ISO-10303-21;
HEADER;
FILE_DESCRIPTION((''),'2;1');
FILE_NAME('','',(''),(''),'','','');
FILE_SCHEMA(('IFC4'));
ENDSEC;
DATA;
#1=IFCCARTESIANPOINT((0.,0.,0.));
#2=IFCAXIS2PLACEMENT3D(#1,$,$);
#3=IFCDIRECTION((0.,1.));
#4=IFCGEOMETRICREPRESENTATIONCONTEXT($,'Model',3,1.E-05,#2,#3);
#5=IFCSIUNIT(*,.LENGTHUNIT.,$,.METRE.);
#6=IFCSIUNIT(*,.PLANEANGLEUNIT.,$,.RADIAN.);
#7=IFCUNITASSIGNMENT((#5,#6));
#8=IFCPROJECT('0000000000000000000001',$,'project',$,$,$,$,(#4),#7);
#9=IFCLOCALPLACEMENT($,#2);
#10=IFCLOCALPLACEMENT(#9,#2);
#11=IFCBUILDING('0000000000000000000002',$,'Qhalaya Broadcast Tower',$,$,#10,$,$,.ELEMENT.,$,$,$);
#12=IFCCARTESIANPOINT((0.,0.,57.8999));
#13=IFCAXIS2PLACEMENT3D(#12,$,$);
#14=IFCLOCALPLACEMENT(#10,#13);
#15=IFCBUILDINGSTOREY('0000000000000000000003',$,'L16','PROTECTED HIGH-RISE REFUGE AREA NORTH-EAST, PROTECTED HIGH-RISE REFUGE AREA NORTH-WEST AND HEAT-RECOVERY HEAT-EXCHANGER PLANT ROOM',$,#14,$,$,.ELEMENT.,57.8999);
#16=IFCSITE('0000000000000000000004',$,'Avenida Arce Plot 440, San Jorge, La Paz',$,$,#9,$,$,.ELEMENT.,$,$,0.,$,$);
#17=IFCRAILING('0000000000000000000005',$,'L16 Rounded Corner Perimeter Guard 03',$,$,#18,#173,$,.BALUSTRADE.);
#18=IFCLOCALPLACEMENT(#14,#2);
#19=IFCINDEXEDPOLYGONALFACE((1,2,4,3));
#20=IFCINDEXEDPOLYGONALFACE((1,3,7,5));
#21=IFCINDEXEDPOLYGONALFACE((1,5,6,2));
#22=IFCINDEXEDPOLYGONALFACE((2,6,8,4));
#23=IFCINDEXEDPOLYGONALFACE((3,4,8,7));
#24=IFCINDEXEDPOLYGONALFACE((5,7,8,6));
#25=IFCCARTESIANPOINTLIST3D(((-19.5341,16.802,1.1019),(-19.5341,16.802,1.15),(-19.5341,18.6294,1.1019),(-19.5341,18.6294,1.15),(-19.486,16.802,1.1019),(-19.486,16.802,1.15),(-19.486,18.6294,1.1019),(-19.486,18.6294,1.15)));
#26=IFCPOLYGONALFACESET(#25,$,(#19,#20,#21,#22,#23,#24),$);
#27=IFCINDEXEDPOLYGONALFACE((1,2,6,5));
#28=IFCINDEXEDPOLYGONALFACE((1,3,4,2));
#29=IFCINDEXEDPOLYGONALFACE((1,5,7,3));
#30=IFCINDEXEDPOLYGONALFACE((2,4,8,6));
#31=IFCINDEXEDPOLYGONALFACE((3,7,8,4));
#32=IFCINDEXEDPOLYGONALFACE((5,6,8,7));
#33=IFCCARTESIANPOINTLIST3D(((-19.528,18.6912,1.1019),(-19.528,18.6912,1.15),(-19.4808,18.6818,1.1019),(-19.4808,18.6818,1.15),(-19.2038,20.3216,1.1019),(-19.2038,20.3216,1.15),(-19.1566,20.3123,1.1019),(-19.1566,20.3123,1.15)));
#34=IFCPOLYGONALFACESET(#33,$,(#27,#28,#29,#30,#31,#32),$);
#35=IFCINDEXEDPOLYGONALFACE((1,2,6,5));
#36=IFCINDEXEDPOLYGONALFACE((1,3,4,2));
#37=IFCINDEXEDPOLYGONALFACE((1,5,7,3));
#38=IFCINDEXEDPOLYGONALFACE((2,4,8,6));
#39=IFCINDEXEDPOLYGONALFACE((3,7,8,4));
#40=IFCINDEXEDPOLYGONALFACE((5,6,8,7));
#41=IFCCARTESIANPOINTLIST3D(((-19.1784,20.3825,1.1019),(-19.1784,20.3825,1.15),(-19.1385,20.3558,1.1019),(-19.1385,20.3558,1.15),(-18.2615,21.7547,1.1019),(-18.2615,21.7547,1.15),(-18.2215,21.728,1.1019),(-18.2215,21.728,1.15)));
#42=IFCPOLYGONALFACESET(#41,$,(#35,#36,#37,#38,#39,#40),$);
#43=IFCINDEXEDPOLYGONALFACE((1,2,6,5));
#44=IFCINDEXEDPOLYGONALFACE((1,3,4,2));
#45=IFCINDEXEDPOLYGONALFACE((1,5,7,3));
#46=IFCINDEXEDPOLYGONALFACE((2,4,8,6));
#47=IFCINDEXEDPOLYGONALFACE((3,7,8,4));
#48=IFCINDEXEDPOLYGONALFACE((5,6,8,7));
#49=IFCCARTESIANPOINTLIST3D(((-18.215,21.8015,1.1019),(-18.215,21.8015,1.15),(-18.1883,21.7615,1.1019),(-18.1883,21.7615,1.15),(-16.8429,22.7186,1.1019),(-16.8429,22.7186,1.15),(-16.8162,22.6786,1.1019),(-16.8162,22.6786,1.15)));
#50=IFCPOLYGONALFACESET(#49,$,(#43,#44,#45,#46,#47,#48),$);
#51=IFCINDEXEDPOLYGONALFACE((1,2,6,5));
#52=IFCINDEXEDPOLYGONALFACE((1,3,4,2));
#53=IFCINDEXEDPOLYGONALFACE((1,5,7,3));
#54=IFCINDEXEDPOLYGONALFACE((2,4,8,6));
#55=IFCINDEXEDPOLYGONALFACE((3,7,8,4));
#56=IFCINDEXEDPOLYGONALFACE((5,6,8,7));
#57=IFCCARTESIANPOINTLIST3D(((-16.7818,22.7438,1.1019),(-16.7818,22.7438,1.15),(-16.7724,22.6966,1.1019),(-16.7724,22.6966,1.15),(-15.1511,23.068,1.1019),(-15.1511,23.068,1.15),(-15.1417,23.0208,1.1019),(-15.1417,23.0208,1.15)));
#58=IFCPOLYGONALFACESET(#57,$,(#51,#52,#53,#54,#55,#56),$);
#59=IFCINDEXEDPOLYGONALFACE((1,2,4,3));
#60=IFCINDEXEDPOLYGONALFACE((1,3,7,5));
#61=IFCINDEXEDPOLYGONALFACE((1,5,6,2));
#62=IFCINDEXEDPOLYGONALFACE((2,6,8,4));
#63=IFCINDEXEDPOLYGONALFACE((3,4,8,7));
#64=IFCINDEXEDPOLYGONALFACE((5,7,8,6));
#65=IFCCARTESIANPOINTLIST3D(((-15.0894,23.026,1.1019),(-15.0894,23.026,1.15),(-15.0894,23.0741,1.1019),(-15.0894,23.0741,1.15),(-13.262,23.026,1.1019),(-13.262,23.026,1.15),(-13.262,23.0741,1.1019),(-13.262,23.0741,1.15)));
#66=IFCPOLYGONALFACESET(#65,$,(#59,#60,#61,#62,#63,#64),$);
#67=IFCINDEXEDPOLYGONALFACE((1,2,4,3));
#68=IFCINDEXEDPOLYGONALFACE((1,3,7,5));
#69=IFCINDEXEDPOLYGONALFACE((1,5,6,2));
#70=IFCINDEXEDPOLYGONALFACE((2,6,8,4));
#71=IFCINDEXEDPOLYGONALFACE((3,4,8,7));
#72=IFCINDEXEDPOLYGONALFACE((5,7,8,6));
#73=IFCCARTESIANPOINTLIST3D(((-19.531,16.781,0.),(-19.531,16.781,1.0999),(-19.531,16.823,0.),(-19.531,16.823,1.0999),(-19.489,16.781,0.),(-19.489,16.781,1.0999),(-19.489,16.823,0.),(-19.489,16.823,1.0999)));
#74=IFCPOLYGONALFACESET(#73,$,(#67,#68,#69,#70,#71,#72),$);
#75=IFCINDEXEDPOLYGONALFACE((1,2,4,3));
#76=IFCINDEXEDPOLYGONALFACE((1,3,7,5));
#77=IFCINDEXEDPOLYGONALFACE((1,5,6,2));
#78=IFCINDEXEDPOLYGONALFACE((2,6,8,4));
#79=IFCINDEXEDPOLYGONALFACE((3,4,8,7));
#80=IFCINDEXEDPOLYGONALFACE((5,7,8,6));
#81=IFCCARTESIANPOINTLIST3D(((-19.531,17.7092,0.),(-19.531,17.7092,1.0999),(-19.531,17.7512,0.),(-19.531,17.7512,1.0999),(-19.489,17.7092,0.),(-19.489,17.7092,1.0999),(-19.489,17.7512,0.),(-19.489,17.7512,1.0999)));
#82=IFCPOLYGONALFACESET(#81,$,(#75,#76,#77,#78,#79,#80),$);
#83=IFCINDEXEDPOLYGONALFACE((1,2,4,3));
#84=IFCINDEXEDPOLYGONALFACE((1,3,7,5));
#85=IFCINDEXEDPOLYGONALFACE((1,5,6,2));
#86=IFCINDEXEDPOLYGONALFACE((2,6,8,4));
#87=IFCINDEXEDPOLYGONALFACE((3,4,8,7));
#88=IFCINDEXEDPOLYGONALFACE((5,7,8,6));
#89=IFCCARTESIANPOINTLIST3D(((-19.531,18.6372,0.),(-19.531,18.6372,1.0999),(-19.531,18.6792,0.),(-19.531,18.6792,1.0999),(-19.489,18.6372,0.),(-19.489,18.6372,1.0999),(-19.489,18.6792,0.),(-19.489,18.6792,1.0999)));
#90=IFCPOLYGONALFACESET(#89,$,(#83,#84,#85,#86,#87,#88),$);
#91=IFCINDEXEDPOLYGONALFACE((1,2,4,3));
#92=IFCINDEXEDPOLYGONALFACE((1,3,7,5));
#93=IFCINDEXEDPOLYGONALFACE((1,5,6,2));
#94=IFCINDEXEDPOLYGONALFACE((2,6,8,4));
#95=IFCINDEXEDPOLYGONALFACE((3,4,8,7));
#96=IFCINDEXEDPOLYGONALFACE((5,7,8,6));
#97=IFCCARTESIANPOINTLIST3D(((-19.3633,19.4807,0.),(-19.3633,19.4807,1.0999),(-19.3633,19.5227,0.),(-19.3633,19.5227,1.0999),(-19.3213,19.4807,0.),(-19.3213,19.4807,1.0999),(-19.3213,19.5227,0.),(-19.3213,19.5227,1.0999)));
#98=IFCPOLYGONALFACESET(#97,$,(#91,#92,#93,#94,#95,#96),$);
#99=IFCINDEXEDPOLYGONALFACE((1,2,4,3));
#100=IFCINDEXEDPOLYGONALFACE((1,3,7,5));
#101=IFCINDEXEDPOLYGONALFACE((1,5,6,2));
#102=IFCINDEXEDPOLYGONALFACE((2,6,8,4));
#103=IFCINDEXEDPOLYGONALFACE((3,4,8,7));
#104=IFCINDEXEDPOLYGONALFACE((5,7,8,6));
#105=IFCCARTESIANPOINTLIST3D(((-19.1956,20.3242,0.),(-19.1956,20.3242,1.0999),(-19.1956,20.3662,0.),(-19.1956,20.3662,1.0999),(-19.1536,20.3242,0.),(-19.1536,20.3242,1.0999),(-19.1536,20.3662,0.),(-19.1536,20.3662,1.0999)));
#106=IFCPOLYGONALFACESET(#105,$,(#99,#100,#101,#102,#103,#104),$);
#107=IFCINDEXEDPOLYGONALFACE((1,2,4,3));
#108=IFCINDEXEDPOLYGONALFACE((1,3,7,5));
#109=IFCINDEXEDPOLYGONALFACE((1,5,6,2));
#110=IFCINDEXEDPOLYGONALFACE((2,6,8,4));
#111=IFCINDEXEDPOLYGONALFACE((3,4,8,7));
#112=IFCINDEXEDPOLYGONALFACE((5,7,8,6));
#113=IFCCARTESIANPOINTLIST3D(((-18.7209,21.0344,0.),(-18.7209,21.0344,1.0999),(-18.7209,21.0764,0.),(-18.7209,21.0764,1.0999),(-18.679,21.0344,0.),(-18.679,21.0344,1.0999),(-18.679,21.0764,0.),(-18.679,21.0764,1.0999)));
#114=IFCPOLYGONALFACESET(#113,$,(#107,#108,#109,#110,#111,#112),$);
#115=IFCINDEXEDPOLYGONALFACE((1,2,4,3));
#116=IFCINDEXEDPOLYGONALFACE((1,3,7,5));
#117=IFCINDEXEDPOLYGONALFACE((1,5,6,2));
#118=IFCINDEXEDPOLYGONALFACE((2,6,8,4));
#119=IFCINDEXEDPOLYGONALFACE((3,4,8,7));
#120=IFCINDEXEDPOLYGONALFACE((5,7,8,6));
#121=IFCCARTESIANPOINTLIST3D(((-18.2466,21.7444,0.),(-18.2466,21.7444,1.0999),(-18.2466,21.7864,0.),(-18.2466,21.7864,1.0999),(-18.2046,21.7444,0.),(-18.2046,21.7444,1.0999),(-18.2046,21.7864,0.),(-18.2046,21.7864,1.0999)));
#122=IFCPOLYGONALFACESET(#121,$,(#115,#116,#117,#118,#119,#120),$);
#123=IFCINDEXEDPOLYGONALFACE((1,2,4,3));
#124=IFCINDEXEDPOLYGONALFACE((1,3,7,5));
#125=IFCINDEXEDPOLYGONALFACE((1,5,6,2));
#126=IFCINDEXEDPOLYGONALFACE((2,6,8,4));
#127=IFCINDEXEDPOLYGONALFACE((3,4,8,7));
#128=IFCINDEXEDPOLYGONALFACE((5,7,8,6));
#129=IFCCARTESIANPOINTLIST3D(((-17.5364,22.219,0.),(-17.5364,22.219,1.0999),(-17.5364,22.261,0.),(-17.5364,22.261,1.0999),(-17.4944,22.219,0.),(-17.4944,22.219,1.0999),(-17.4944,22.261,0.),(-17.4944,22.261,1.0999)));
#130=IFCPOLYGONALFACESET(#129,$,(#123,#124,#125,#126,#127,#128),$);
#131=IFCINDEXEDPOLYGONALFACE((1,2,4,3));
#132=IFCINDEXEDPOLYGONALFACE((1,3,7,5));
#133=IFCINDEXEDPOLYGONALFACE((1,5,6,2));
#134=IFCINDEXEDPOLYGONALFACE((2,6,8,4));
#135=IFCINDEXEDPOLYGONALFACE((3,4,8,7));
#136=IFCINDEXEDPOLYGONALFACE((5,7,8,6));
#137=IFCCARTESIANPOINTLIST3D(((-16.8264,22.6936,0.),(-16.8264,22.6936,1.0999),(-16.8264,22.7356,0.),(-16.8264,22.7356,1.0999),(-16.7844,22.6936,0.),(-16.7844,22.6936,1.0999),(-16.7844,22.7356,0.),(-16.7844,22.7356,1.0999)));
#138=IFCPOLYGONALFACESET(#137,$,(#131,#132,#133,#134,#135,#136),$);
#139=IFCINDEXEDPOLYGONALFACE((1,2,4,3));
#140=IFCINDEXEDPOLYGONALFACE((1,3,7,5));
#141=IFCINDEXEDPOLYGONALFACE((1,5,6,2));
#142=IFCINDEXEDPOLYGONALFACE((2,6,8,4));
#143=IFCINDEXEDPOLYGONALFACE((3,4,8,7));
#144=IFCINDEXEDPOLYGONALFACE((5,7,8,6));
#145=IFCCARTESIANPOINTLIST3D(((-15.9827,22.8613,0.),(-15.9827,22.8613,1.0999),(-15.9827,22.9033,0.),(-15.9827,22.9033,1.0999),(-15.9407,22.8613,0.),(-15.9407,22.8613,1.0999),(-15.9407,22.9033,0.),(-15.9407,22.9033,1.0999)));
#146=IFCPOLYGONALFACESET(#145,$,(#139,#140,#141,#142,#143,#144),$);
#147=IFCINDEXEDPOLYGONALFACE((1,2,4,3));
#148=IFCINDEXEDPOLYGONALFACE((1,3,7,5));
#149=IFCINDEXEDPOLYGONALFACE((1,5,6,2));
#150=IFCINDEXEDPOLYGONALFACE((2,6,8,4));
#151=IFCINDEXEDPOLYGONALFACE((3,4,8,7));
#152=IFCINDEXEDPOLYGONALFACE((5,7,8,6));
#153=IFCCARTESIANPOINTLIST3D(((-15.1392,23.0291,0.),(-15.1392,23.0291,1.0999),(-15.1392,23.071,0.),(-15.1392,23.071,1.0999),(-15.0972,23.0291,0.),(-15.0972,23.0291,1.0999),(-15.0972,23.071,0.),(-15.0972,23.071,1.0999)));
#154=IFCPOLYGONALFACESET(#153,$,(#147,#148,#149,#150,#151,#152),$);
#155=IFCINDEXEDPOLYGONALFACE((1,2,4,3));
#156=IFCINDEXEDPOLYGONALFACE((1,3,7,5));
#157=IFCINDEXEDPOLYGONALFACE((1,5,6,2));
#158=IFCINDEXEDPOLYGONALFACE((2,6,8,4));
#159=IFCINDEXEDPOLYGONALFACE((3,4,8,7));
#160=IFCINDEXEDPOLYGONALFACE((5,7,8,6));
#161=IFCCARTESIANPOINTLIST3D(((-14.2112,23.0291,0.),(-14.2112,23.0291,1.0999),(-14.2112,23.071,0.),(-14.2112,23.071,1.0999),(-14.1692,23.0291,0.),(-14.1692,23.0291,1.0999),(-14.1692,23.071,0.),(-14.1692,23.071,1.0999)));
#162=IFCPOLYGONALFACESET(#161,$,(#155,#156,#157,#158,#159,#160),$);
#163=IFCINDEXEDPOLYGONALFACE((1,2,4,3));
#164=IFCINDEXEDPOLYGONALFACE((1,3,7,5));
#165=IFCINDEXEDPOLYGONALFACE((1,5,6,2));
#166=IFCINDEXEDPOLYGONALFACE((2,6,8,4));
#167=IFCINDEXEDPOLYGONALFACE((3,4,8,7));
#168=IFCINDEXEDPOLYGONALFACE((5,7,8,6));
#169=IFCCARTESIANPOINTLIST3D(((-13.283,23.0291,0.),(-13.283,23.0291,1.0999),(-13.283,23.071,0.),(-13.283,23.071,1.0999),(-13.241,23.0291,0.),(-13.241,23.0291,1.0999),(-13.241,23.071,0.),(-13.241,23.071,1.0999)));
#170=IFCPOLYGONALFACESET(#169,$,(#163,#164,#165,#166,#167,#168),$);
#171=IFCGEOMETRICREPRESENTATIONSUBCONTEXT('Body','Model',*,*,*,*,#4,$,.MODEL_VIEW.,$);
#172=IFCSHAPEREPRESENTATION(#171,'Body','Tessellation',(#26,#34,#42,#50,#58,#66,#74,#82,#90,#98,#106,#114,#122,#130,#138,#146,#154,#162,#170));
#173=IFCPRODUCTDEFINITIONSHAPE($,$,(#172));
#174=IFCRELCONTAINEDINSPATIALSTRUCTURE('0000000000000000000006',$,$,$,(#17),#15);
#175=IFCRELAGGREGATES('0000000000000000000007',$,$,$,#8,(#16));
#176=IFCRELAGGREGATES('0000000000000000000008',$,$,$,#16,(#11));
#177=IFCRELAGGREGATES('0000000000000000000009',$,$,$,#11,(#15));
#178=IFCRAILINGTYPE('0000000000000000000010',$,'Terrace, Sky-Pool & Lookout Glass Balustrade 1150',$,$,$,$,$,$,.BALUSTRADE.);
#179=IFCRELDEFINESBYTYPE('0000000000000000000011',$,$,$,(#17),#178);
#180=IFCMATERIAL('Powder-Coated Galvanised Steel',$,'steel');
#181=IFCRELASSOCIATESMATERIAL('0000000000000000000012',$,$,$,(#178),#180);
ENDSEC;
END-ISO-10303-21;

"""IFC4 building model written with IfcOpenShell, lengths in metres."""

from ifc_helpers import new_model, si_unit, direction, frame, origin, origin_2d, place, context, subcontext, project, spatial, rectangle, extrude, material, type_object, element, save


model = new_model("IFC4")

# Units and contexts
model_context = context("Model", 3, precision=1e-05, world=origin(), true_north=direction((0.0, 1.0)))
body_context = subcontext(model_context, "Body", "Model", "MODEL_VIEW")
ifc_project = project(units=[si_unit("LENGTHUNIT", "METRE"), si_unit("PLANEANGLEUNIT", "RADIAN")], contexts=[model_context])

# Site, building, storey
site_placement = place(None, origin())
site = spatial("IfcSite", under=ifc_project, at=site_placement, Name="Avenida Arce Plot 440, San Jorge, La Paz", CompositionType="ELEMENT", RefElevation=0.0)
building_placement = place(site_placement, origin())
building = spatial("IfcBuilding", under=site, at=building_placement, Name="Qhalaya Broadcast Tower", CompositionType="ELEMENT")
storey_placement = place(building_placement, frame((0.0, 0.0, 57.8999)))
storey = spatial("IfcBuildingStorey", under=building, at=storey_placement, Name="L16", Description="PROTECTED HIGH-RISE REFUGE AREA NORTH-EAST, PROTECTED HIGH-RISE REFUGE AREA NORTH-WEST AND HEAT-RECOVERY HEAT-EXCHANGER PLANT ROOM", CompositionType="ELEMENT", Elevation=57.8999)

# Railing
ifc_material_1 = material(Name="Powder-Coated Galvanised Steel", Category="steel")
railing_type = type_object("IfcRailingType", Name="Terrace, Sky-Pool & Lookout Glass Balustrade 1150", PredefinedType="BALUSTRADE", material=ifc_material_1)
railing_1_placement = place(storey_placement, frame((-19.51, 16.802, 0.0)))
element("IfcRailing", 1, at=railing_1_placement, inside=storey, type_object=railing_type, Name="L16 Rounded Corner Perimeter Guard 03", PredefinedType="BALUSTRADE", context=body_context, shape_type="SweptSolid", body=[
    extrude(rectangle(XDim=0.0481, YDim=0.0481, at=origin_2d()), frame((0.0, 0.0, 1.126), z_axis=(0.0, 1.0, 0.0), x_axis=(-1.0, 0.0, 0.0)), (0.0, 0.0, 1.0), 1.8274),
    extrude(rectangle(XDim=0.0481, YDim=0.0481, at=origin_2d()), frame((0.0056, 1.8845, 1.126), z_axis=(0.195024, 0.980798, 0.0), x_axis=(-0.980798, 0.195024, 0.0)), (0.0, 0.0, 1.0), 1.6624),
    extrude(rectangle(XDim=0.0481, YDim=0.0481, at=origin_2d()), frame((0.3516, 3.5671, 1.126), z_axis=(0.55559, 0.831456, 0.0), x_axis=(-0.831456, 0.55559, 0.0)), (0.0, 0.0, 1.0), 1.6504),
    extrude(rectangle(XDim=0.0481, YDim=0.0481, at=origin_2d()), frame((1.3083, 4.9795, 1.126), z_axis=(0.83139, 0.555689, 0.0), x_axis=(-0.555689, 0.83139, 0.0)), (0.0, 0.0, 1.0), 1.6504),
    extrude(rectangle(XDim=0.0481, YDim=0.0481, at=origin_2d()), frame((2.7329, 5.9182, 1.126), z_axis=(0.980804, 0.194997, 0.0), x_axis=(-0.194997, 0.980804, 0.0)), (0.0, 0.0, 1.0), 1.6626),
    extrude(rectangle(XDim=0.0481, YDim=0.0481, at=origin_2d()), frame((4.4207, 6.248, 1.126), z_axis=(1.0, 0.0, 0.0), x_axis=(0.0, 1.0, 0.0)), (0.0, 0.0, 1.0), 1.8274),
    extrude(rectangle(XDim=0.042, YDim=0.042, at=origin_2d()), origin(), (0.0, 0.0, 1.0), 1.0999),
    extrude(rectangle(XDim=0.042, YDim=0.042, at=origin_2d()), frame((0.0, 0.9282, 0.0)), (0.0, 0.0, 1.0), 1.0999),
    extrude(rectangle(XDim=0.042, YDim=0.042, at=origin_2d()), frame((0.0, 1.8562, 0.0)), (0.0, 0.0, 1.0), 1.0999),
    extrude(rectangle(XDim=0.042, YDim=0.042, at=origin_2d()), frame((0.1677, 2.6997, 0.0)), (0.0, 0.0, 1.0), 1.0999),
    extrude(rectangle(XDim=0.042, YDim=0.042, at=origin_2d()), frame((0.3354, 3.5432, 0.0)), (0.0, 0.0, 1.0), 1.0999),
    extrude(rectangle(XDim=0.042, YDim=0.042, at=origin_2d()), frame((0.8101, 4.2534, 0.0)), (0.0, 0.0, 1.0), 1.0999),
    extrude(rectangle(XDim=0.042, YDim=0.042, at=origin_2d()), frame((1.2844, 4.9634, 0.0)), (0.0, 0.0, 1.0), 1.0999),
    extrude(rectangle(XDim=0.042, YDim=0.042, at=origin_2d()), frame((1.9946, 5.438, 0.0)), (0.0, 0.0, 1.0), 1.0999),
    extrude(rectangle(XDim=0.042, YDim=0.042, at=origin_2d()), frame((2.7046, 5.9126, 0.0)), (0.0, 0.0, 1.0), 1.0999),
    extrude(rectangle(XDim=0.042, YDim=0.042, at=origin_2d()), frame((3.5483, 6.0803, 0.0)), (0.0, 0.0, 1.0), 1.0999),
    extrude(rectangle(XDim=0.042, YDim=0.042, at=origin_2d()), frame((4.3918, 6.248, 0.0)), (0.0, 0.0, 1.0), 1.0999),
    extrude(rectangle(XDim=0.042, YDim=0.042, at=origin_2d()), frame((5.3198, 6.248, 0.0)), (0.0, 0.0, 1.0), 1.0999),
    extrude(rectangle(XDim=0.042, YDim=0.042, at=origin_2d()), frame((6.248, 6.248, 0.0)), (0.0, 0.0, 1.0), 1.0999),
])

save(model, "model.ifc")
